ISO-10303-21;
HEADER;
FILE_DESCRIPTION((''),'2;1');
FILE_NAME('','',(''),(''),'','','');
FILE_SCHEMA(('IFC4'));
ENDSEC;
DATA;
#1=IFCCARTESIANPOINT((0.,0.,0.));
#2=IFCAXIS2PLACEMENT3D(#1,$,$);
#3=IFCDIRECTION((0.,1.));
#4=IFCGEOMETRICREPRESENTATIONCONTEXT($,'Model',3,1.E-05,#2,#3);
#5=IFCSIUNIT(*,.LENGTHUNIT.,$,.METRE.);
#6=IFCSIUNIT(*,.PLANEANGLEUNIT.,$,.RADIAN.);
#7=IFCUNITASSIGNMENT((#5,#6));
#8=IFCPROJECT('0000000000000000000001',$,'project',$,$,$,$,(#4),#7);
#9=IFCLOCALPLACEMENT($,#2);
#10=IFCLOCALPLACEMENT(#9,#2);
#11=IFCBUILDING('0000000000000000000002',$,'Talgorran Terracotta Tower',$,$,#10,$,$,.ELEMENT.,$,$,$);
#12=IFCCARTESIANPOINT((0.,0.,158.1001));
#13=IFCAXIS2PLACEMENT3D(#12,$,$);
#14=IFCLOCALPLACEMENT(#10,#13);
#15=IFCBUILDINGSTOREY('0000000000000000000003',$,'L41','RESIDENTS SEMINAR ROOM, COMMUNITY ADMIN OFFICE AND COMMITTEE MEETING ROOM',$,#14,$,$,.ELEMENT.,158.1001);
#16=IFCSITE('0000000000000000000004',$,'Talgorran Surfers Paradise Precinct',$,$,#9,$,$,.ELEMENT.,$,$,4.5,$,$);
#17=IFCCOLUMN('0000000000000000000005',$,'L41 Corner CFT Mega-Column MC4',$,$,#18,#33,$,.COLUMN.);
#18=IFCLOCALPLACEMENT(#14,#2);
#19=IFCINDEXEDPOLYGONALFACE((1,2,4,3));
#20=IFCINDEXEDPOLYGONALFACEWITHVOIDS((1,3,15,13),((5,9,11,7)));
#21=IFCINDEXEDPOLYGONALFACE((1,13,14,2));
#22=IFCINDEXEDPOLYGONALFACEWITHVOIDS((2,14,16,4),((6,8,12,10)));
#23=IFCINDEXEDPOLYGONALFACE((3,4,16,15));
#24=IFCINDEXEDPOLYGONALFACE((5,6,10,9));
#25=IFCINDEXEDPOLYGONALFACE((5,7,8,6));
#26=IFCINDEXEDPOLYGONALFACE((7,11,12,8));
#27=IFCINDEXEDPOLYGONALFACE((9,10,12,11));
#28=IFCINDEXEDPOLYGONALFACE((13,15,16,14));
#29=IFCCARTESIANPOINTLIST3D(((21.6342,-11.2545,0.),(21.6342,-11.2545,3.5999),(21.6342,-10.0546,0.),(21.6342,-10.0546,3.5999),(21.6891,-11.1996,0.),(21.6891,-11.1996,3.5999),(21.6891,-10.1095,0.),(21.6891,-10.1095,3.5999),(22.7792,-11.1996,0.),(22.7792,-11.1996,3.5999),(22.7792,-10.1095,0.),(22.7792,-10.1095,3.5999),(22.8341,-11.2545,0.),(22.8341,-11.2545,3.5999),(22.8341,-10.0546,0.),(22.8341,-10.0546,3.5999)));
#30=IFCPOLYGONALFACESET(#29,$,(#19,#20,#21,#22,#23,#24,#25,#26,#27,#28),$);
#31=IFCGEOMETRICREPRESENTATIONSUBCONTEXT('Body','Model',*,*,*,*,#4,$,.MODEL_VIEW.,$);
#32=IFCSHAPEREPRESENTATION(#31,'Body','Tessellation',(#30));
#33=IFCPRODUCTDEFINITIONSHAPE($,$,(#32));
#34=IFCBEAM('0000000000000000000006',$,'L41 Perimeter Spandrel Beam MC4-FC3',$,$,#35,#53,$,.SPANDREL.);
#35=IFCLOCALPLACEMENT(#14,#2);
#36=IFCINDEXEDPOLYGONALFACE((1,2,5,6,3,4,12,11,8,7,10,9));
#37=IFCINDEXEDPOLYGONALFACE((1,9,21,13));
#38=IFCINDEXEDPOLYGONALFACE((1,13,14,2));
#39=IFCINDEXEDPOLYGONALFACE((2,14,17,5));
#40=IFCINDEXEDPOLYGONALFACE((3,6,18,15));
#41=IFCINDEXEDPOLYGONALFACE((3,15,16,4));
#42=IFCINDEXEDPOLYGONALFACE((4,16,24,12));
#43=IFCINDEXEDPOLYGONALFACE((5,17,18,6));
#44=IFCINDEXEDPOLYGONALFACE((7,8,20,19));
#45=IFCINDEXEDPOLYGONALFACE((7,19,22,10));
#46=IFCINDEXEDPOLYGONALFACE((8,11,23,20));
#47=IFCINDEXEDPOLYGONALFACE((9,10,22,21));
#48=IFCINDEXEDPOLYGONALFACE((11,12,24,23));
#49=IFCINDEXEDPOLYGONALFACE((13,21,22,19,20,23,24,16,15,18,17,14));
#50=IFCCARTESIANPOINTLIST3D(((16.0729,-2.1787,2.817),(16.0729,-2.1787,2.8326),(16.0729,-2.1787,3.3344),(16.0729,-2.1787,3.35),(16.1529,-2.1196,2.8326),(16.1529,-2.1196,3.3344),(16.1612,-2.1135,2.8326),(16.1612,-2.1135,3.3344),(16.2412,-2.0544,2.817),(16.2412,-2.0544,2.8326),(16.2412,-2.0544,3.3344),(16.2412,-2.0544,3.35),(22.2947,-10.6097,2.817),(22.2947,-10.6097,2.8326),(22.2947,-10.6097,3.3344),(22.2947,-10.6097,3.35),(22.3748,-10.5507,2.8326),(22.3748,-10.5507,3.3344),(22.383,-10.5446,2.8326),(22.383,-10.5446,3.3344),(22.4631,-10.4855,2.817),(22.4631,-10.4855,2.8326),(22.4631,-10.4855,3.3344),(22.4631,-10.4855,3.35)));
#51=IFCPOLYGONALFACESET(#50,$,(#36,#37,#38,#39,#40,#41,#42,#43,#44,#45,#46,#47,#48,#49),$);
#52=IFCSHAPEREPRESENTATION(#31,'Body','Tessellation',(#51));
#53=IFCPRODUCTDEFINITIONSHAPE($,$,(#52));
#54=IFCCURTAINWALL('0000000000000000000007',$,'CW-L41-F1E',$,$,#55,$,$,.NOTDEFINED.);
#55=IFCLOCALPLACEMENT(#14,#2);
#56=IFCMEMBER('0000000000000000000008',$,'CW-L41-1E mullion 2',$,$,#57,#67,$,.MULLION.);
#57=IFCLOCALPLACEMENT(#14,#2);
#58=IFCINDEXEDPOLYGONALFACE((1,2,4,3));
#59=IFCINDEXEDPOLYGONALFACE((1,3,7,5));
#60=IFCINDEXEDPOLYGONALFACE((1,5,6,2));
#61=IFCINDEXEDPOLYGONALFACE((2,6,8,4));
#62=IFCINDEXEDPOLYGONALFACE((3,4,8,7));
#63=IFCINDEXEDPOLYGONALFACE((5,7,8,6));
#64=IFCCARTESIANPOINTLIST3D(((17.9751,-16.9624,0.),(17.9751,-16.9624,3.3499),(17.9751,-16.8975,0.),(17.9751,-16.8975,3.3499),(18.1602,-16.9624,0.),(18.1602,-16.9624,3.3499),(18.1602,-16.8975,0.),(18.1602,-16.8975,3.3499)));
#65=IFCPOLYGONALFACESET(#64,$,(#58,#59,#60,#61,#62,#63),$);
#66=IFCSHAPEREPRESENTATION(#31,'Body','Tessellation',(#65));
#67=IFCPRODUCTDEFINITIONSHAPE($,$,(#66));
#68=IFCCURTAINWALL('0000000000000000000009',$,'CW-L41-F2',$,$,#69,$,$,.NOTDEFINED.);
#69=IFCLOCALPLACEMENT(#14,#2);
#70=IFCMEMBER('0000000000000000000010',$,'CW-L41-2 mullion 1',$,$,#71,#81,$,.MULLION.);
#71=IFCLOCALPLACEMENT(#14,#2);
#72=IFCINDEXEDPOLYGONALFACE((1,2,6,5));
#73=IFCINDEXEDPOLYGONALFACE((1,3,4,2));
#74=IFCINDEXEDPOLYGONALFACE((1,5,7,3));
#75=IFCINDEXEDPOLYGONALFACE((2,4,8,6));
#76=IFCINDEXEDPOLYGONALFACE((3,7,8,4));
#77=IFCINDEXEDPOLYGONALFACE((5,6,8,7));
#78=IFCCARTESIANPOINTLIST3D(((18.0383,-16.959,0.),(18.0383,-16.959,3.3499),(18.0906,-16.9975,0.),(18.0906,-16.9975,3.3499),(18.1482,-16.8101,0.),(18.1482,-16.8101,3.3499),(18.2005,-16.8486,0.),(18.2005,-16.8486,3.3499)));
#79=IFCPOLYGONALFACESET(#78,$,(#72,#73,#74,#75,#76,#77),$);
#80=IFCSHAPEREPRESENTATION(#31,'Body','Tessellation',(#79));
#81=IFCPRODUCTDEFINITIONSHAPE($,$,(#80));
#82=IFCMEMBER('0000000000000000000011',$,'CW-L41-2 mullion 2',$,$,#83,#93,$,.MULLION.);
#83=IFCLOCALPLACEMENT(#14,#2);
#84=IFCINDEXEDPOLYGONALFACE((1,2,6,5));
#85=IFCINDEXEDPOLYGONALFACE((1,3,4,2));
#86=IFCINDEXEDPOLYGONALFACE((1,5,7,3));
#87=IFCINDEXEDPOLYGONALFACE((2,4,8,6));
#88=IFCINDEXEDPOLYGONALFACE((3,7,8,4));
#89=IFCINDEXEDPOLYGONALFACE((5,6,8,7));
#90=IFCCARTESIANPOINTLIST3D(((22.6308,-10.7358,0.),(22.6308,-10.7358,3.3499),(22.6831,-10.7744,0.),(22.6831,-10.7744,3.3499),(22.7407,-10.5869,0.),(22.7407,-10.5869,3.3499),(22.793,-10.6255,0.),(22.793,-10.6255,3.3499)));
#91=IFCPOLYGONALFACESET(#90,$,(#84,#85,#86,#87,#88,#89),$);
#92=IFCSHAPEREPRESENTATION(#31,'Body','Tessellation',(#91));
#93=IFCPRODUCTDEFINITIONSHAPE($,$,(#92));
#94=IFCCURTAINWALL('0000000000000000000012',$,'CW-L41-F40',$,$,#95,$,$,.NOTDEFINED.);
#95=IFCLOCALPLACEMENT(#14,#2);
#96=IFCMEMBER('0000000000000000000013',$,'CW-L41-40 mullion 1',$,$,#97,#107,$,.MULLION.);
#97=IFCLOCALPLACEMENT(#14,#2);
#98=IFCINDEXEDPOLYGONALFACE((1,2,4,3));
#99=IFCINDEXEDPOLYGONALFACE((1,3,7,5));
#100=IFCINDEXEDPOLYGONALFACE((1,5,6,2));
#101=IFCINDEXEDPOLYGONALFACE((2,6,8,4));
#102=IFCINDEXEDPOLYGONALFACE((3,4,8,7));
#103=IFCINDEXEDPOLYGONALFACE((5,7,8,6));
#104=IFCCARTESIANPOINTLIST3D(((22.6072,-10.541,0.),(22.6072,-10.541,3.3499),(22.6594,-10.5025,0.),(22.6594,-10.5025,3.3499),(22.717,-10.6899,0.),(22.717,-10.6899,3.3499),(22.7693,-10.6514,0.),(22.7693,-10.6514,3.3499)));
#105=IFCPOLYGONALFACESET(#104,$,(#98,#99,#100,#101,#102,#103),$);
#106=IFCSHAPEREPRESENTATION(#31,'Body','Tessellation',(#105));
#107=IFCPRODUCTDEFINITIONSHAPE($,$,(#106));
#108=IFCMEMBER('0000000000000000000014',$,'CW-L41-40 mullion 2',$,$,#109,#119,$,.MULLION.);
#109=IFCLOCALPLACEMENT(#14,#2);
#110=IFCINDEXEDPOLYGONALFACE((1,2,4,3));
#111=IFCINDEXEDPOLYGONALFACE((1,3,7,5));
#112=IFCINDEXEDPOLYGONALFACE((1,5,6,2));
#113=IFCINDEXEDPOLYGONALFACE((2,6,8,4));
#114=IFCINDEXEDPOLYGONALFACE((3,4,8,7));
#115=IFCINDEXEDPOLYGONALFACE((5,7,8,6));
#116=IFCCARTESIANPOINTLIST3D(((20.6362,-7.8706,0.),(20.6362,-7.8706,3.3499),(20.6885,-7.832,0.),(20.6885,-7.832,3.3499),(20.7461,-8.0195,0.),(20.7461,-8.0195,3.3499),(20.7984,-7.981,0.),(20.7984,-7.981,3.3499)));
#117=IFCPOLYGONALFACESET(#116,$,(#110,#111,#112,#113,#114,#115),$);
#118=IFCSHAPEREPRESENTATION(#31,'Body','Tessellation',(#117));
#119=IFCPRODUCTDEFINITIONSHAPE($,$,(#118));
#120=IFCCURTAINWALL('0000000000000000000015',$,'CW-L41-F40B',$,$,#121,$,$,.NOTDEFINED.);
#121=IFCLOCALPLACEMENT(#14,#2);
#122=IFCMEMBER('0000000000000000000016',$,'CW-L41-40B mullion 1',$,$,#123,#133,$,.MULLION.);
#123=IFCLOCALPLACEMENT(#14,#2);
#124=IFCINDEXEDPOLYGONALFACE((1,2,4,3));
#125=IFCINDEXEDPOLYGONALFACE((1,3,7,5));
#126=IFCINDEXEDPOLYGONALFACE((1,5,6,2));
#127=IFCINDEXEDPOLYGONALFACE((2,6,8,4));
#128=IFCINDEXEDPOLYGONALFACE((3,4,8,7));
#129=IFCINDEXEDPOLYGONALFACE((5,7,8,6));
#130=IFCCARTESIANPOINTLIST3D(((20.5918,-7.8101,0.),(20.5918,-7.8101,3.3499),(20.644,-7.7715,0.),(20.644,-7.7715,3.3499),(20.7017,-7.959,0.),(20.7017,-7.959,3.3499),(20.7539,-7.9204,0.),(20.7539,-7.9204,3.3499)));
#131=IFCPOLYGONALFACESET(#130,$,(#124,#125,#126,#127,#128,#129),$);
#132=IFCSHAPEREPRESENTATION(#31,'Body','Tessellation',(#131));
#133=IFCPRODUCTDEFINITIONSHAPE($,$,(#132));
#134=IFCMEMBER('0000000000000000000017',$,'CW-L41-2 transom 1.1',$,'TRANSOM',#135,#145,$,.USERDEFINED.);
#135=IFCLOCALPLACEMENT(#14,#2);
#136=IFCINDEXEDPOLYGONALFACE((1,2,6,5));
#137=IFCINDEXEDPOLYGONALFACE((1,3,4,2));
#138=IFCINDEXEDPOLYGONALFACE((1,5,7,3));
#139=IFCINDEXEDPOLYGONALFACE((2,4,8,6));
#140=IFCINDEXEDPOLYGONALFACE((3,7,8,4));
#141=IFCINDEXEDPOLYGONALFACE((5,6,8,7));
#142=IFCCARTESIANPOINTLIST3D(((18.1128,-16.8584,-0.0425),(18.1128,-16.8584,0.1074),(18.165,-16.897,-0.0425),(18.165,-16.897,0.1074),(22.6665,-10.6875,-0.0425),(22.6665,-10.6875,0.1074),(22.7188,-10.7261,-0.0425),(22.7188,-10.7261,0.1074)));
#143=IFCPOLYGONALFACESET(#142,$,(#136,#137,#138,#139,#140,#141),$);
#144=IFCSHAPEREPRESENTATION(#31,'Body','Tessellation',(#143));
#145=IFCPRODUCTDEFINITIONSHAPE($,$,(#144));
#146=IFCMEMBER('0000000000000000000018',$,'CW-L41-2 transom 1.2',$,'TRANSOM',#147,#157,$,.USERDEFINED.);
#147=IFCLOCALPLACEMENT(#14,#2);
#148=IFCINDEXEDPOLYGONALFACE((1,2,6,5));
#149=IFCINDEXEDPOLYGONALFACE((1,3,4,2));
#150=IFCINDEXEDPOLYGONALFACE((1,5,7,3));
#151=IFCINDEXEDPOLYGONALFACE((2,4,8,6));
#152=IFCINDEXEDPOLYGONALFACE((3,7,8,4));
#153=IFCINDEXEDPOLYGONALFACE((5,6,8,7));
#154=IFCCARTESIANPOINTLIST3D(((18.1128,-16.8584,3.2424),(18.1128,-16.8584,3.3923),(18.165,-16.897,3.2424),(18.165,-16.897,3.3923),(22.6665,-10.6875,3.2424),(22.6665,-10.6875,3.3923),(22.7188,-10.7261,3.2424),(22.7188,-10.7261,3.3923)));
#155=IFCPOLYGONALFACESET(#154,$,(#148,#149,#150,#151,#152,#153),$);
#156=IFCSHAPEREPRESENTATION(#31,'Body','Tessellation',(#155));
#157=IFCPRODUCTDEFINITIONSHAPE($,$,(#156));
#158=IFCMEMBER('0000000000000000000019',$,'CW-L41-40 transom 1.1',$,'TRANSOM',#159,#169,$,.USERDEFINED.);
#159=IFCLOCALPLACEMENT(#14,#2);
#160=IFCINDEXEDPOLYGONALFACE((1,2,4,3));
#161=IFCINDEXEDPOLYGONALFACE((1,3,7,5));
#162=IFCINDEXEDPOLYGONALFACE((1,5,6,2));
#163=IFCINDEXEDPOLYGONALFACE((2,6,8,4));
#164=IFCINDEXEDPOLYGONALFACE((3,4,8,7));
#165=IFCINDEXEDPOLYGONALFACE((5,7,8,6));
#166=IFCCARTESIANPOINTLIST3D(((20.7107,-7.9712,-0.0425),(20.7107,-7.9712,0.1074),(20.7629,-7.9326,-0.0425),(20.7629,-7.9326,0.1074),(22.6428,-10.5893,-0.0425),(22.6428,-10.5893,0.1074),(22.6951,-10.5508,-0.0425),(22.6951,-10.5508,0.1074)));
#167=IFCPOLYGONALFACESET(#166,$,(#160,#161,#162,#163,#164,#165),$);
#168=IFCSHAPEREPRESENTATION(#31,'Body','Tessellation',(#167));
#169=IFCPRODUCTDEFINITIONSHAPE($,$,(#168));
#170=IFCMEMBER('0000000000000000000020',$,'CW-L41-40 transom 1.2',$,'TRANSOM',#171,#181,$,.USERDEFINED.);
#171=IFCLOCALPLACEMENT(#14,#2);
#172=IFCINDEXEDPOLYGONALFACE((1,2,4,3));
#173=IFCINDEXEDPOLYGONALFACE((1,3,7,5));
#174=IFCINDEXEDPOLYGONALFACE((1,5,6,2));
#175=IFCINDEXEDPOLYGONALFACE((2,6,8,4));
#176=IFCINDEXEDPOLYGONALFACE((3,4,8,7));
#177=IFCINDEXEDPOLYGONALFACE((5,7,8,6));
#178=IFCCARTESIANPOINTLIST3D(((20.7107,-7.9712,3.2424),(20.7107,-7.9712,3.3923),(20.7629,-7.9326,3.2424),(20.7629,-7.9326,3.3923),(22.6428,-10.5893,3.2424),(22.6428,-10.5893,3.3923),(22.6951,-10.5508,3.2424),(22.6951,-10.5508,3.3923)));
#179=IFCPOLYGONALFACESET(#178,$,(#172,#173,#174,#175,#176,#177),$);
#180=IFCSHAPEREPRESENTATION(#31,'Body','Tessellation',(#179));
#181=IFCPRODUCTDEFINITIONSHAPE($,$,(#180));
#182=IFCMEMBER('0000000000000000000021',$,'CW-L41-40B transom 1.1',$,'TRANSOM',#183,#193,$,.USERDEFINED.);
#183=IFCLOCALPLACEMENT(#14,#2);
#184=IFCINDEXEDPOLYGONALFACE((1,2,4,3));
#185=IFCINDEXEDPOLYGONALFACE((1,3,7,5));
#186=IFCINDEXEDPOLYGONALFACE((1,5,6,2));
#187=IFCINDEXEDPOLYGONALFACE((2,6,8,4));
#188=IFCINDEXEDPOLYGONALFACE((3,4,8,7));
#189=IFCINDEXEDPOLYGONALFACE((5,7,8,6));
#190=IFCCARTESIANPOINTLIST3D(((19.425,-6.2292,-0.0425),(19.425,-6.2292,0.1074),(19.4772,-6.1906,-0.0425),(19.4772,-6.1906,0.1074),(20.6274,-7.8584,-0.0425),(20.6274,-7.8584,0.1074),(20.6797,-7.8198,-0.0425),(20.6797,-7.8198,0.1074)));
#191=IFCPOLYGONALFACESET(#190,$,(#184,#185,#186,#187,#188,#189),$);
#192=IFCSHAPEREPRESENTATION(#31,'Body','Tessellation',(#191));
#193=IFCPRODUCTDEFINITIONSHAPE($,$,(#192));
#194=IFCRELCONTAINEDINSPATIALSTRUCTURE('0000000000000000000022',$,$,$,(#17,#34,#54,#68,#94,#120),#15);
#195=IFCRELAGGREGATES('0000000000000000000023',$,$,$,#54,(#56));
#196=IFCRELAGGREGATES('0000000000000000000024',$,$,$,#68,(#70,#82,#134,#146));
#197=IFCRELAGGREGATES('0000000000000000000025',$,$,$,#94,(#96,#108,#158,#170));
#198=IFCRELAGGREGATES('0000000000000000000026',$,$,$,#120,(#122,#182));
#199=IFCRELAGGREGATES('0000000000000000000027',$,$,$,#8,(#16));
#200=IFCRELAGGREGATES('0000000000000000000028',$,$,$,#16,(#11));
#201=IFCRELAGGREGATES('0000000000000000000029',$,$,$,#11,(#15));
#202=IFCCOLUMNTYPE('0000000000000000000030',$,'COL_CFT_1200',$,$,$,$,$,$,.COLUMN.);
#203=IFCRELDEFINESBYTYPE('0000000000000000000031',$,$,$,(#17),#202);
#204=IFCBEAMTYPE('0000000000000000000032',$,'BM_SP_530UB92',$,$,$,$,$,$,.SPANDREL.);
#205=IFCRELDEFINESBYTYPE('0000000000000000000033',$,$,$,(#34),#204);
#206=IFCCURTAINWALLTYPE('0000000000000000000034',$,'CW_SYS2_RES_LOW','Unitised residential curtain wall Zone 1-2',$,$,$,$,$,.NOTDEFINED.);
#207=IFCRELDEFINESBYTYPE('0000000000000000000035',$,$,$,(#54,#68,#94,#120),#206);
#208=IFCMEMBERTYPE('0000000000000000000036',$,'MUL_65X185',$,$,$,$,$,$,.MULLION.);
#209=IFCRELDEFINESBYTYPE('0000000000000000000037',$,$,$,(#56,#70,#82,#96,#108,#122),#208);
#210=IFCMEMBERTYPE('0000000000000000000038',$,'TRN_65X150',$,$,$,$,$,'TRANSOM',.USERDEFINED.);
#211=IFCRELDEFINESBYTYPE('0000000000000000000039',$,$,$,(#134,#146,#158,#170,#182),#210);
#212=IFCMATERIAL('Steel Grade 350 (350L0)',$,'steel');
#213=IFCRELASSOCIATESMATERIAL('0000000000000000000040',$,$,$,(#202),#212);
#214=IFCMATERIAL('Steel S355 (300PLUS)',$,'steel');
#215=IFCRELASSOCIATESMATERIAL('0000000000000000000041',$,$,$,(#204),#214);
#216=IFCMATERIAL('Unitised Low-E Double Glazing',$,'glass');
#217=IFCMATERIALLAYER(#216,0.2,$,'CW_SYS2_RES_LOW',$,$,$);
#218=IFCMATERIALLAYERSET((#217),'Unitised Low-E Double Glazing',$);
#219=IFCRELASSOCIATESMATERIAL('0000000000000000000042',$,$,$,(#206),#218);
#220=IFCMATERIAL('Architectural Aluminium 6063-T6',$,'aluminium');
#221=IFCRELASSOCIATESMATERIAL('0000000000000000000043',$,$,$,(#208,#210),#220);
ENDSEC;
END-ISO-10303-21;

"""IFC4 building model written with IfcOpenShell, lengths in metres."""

from ifc_helpers import new_model, si_unit, direction, frame, origin, origin_2d, place, context, subcontext, project, spatial, rectangle, hollow_rectangle, i_section, extrude, material, layer, layer_set, material_profile, profile_set, type_object, element, aggregate, save


model = new_model("IFC4")

# Units and contexts
model_context = context("Model", 3, precision=1e-05, world=origin(), true_north=direction((0.0, 1.0)))
body_context = subcontext(model_context, "Body", "Model", "MODEL_VIEW")
ifc_project = project(units=[si_unit("LENGTHUNIT", "METRE"), si_unit("PLANEANGLEUNIT", "RADIAN")], contexts=[model_context])

# Site, building, storey
site_placement = place(None, origin())
site = spatial("IfcSite", under=ifc_project, at=site_placement, Name="Talgorran Surfers Paradise Precinct", CompositionType="ELEMENT", RefElevation=4.5)
building_placement = place(site_placement, origin())
building = spatial("IfcBuilding", under=site, at=building_placement, Name="Talgorran Terracotta Tower", CompositionType="ELEMENT")
storey_placement = place(building_placement, frame((0.0, 0.0, 158.1001)))
storey = spatial("IfcBuildingStorey", under=building, at=storey_placement, Name="L41", Description="RESIDENTS SEMINAR ROOM, COMMUNITY ADMIN OFFICE AND COMMITTEE MEETING ROOM", CompositionType="ELEMENT", Elevation=158.1001)

# Column
ifc_material_1 = material(Name="Steel Grade 350 (350L0)", Category="steel")
ifc_material_profile_1 = material_profile(ifc_material_1, hollow_rectangle(XDim=1.2, YDim=1.2, WallThickness=0.0549, at=origin_2d()), Name="CFT1200X1200X55")
ifc_profile_set_1 = profile_set([ifc_material_profile_1], Name="Steel Grade 350 (350L0)")
column_type = type_object("IfcColumnType", Name="COL_CFT_1200", PredefinedType="COLUMN", material=ifc_profile_set_1)
column_placement = place(storey_placement, frame((22.2341, -10.6545, 0.0), z_axis=(0.0, 0.0, 1.0), x_axis=(1.0, 0.0, 0.0)))
element("IfcColumn", 1, at=column_placement, inside=storey, type_object=column_type, Name="L41 Corner CFT Mega-Column MC4", PredefinedType="COLUMN", context=body_context, shape_type="SweptSolid", body=[
    extrude(hollow_rectangle(XDim=1.2, YDim=1.2, WallThickness=0.0549, at=origin_2d()), origin(), (0.0, 0.0, 1.0), 3.5999),
])

# Beam
ifc_material_2 = material(Name="Steel S355 (300PLUS)", Category="steel")
ifc_material_profile_2 = material_profile(ifc_material_2, i_section(OverallWidth=0.2092, OverallDepth=0.533, WebThickness=0.0103, FlangeThickness=0.0156, at=origin_2d()), Name="530UB92.4")
ifc_profile_set_2 = profile_set([ifc_material_profile_2], Name="Steel S355 (300PLUS)")
beam_type = type_object("IfcBeamType", Name="BM_SP_530UB92", PredefinedType="SPANDREL", material=ifc_profile_set_2)
beam_placement = place(storey_placement, frame((22.3789, -10.5476, 3.0835), z_axis=(-0.593786, 0.804623, 0.0), x_axis=(-0.804623, -0.593786, 0.0)))
element("IfcBeam", 2, at=beam_placement, inside=storey, type_object=beam_type, Name="L41 Perimeter Spandrel Beam MC4-FC3", PredefinedType="SPANDREL", context=body_context, shape_type="SweptSolid", body=[
    extrude(i_section(OverallWidth=0.2092, OverallDepth=0.533, WebThickness=0.0103, FlangeThickness=0.0156, at=origin_2d()), origin(), (0.0, 0.0, 1.0), 10.4783),
])

# Curtain wall, member
ifc_material_3 = material(Name="Unitised Low-E Double Glazing", Category="glass")
ifc_layer_1 = layer(ifc_material_3, 0.2, Name="CW_SYS2_RES_LOW")
ifc_layer_set_1 = layer_set([ifc_layer_1], Name="Unitised Low-E Double Glazing")
curtain_wall_type = type_object("IfcCurtainWallType", Name="CW_SYS2_RES_LOW", Description="Unitised residential curtain wall Zone 1-2", PredefinedType="NOTDEFINED", material=ifc_layer_set_1)
curtain_wall_1_placement = place(storey_placement, origin())
curtain_wall_1 = element("IfcCurtainWall", 3, at=curtain_wall_1_placement, inside=storey, type_object=curtain_wall_type, Name="CW-L41-F1E", PredefinedType="NOTDEFINED")
ifc_material_4 = material(Name="Architectural Aluminium 6063-T6", Category="aluminium")
ifc_material_profile_3 = material_profile(ifc_material_4, rectangle(XDim=0.0649, YDim=0.1851, at=origin_2d()), Name="CWM65X185")
ifc_profile_set_3 = profile_set([ifc_material_profile_3], Name="Architectural Aluminium 6063-T6")
member_type_1 = type_object("IfcMemberType", Name="MUL_65X185", PredefinedType="MULLION", material=ifc_profile_set_3)
member_1_placement = place(storey_placement, frame((18.0676, -16.9299, 0.0), z_axis=(0.0, 0.0, 1.0), x_axis=(0.0, 1.0, 0.0)))
member_1 = element("IfcMember", 4, at=member_1_placement, type_object=member_type_1, Name="CW-L41-1E mullion 2", PredefinedType="MULLION", context=body_context, shape_type="SweptSolid", body=[
    extrude(rectangle(XDim=0.0649, YDim=0.1851, at=origin_2d()), origin(), (0.0, 0.0, 1.0), 3.3499),
])
aggregate(curtain_wall_1, [member_1])

# Curtain walls, members
curtain_wall_2_placement = place(storey_placement, origin())
curtain_wall_2 = element("IfcCurtainWall", 5, at=curtain_wall_2_placement, inside=storey, type_object=curtain_wall_type, Name="CW-L41-F2", PredefinedType="NOTDEFINED")
member_2_placement = place(storey_placement, frame((18.1194, -16.9038, 0.0), z_axis=(0.0, 0.0, 1.0), x_axis=(-0.80462, 0.593791, 0.0)))
member_2 = element("IfcMember", 6, at=member_2_placement, type_object=member_type_1, Name="CW-L41-2 mullion 1", PredefinedType="MULLION", context=body_context, shape_type="SweptSolid", body=[
    extrude(rectangle(XDim=0.0649, YDim=0.1851, at=origin_2d()), origin(), (0.0, 0.0, 1.0), 3.3499),
])
member_3_placement = place(storey_placement, frame((22.7119, -10.6807, 0.0), z_axis=(0.0, 0.0, 1.0), x_axis=(-0.80462, 0.593791, 0.0)))
member_3 = element("IfcMember", 7, at=member_3_placement, type_object=member_type_1, Name="CW-L41-2 mullion 2", PredefinedType="MULLION", context=body_context, shape_type="SweptSolid", body=[
    extrude(rectangle(XDim=0.0649, YDim=0.1851, at=origin_2d()), origin(), (0.0, 0.0, 1.0), 3.3499),
])
curtain_wall_3_placement = place(storey_placement, origin())
curtain_wall_3 = element("IfcCurtainWall", 8, at=curtain_wall_3_placement, inside=storey, type_object=curtain_wall_type, Name="CW-L41-F40", PredefinedType="NOTDEFINED")
member_4_placement = place(storey_placement, frame((22.6882, -10.5962, 0.0), z_axis=(0.0, 0.0, 1.0), x_axis=(-0.804614, -0.593798, 0.0)))
member_4 = element("IfcMember", 9, at=member_4_placement, type_object=member_type_1, Name="CW-L41-40 mullion 1", PredefinedType="MULLION", context=body_context, shape_type="SweptSolid", body=[
    extrude(rectangle(XDim=0.0649, YDim=0.1851, at=origin_2d()), origin(), (0.0, 0.0, 1.0), 3.3499),
])
member_5_placement = place(storey_placement, frame((20.7173, -7.9258, 0.0), z_axis=(0.0, 0.0, 1.0), x_axis=(-0.804614, -0.593798, 0.0)))
member_5 = element("IfcMember", 10, at=member_5_placement, type_object=member_type_1, Name="CW-L41-40 mullion 2", PredefinedType="MULLION", context=body_context, shape_type="SweptSolid", body=[
    extrude(rectangle(XDim=0.0649, YDim=0.1851, at=origin_2d()), origin(), (0.0, 0.0, 1.0), 3.3499),
])

# Curtain wall, member
curtain_wall_4_placement = place(storey_placement, origin())
curtain_wall_4 = element("IfcCurtainWall", 11, at=curtain_wall_4_placement, inside=storey, type_object=curtain_wall_type, Name="CW-L41-F40B", PredefinedType="NOTDEFINED")
member_6_placement = place(storey_placement, frame((20.6729, -7.8652, 0.0), z_axis=(0.0, 0.0, 1.0), x_axis=(-0.804615, -0.593797, 0.0)))
member_6 = element("IfcMember", 12, at=member_6_placement, type_object=member_type_1, Name="CW-L41-40B mullion 1", PredefinedType="MULLION", context=body_context, shape_type="SweptSolid", body=[
    extrude(rectangle(XDim=0.0649, YDim=0.1851, at=origin_2d()), origin(), (0.0, 0.0, 1.0), 3.3499),
])

# Members
ifc_material_profile_4 = material_profile(ifc_material_4, rectangle(XDim=0.0649, YDim=0.1499, at=origin_2d()), Name="CWT65X150")
ifc_profile_set_4 = profile_set([ifc_material_profile_4], Name="Architectural Aluminium 6063-T6")
member_type_2 = type_object("IfcMemberType", Name="TRN_65X150", ElementType="TRANSOM", PredefinedType="USERDEFINED", material=ifc_profile_set_4)
member_7_placement = place(storey_placement, frame((18.1389, -16.8777, 0.0325), z_axis=(0.593768, 0.804636, 0.0), x_axis=(-0.804636, 0.593768, 0.0)))
member_7 = element("IfcMember", 13, at=member_7_placement, type_object=member_type_2, Name="CW-L41-2 transom 1.1", ObjectType="TRANSOM", PredefinedType="USERDEFINED", context=body_context, shape_type="SweptSolid", body=[
    extrude(rectangle(XDim=0.0649, YDim=0.1499, at=origin_2d()), origin(), (0.0, 0.0, 1.0), 7.6692),
])
member_8_placement = place(storey_placement, frame((18.1389, -16.8777, 3.3174), z_axis=(0.593768, 0.804636, 0.0), x_axis=(-0.804636, 0.593768, 0.0)))
member_8 = element("IfcMember", 14, at=member_8_placement, type_object=member_type_2, Name="CW-L41-2 transom 1.2", ObjectType="TRANSOM", PredefinedType="USERDEFINED", context=body_context, shape_type="SweptSolid", body=[
    extrude(rectangle(XDim=0.0649, YDim=0.1499, at=origin_2d()), origin(), (0.0, 0.0, 1.0), 7.6692),
])
member_9_placement = place(storey_placement, frame((22.6689, -10.5701, 0.0325), z_axis=(-0.593788, 0.804622, 0.0), x_axis=(-0.804622, -0.593788, 0.0)))
member_9 = element("IfcMember", 15, at=member_9_placement, type_object=member_type_2, Name="CW-L41-40 transom 1.1", ObjectType="TRANSOM", PredefinedType="USERDEFINED", context=body_context, shape_type="SweptSolid", body=[
    extrude(rectangle(XDim=0.0649, YDim=0.1499, at=origin_2d()), origin(), (0.0, 0.0, 1.0), 3.2539),
])
member_10_placement = place(storey_placement, frame((22.6689, -10.5701, 3.3174), z_axis=(-0.593788, 0.804622, 0.0), x_axis=(-0.804622, -0.593788, 0.0)))
member_10 = element("IfcMember", 16, at=member_10_placement, type_object=member_type_2, Name="CW-L41-40 transom 1.2", ObjectType="TRANSOM", PredefinedType="USERDEFINED", context=body_context, shape_type="SweptSolid", body=[
    extrude(rectangle(XDim=0.0649, YDim=0.1499, at=origin_2d()), origin(), (0.0, 0.0, 1.0), 3.2539),
])
member_11_placement = place(storey_placement, frame((20.6536, -7.8391, 0.0325), z_axis=(-0.593828, 0.804592, 0.0), x_axis=(-0.804592, -0.593828, 0.0)))
member_11 = element("IfcMember", 17, at=member_11_placement, type_object=member_type_2, Name="CW-L41-40B transom 1.1", ObjectType="TRANSOM", PredefinedType="USERDEFINED", context=body_context, shape_type="SweptSolid", body=[
    extrude(rectangle(XDim=0.0649, YDim=0.1499, at=origin_2d()), origin(), (0.0, 0.0, 1.0), 2.0249),
])

aggregate(curtain_wall_2, [member_2, member_3, member_7, member_8])
aggregate(curtain_wall_3, [member_4, member_5, member_9, member_10])
aggregate(curtain_wall_4, [member_6, member_11])

save(model, "model.ifc")
